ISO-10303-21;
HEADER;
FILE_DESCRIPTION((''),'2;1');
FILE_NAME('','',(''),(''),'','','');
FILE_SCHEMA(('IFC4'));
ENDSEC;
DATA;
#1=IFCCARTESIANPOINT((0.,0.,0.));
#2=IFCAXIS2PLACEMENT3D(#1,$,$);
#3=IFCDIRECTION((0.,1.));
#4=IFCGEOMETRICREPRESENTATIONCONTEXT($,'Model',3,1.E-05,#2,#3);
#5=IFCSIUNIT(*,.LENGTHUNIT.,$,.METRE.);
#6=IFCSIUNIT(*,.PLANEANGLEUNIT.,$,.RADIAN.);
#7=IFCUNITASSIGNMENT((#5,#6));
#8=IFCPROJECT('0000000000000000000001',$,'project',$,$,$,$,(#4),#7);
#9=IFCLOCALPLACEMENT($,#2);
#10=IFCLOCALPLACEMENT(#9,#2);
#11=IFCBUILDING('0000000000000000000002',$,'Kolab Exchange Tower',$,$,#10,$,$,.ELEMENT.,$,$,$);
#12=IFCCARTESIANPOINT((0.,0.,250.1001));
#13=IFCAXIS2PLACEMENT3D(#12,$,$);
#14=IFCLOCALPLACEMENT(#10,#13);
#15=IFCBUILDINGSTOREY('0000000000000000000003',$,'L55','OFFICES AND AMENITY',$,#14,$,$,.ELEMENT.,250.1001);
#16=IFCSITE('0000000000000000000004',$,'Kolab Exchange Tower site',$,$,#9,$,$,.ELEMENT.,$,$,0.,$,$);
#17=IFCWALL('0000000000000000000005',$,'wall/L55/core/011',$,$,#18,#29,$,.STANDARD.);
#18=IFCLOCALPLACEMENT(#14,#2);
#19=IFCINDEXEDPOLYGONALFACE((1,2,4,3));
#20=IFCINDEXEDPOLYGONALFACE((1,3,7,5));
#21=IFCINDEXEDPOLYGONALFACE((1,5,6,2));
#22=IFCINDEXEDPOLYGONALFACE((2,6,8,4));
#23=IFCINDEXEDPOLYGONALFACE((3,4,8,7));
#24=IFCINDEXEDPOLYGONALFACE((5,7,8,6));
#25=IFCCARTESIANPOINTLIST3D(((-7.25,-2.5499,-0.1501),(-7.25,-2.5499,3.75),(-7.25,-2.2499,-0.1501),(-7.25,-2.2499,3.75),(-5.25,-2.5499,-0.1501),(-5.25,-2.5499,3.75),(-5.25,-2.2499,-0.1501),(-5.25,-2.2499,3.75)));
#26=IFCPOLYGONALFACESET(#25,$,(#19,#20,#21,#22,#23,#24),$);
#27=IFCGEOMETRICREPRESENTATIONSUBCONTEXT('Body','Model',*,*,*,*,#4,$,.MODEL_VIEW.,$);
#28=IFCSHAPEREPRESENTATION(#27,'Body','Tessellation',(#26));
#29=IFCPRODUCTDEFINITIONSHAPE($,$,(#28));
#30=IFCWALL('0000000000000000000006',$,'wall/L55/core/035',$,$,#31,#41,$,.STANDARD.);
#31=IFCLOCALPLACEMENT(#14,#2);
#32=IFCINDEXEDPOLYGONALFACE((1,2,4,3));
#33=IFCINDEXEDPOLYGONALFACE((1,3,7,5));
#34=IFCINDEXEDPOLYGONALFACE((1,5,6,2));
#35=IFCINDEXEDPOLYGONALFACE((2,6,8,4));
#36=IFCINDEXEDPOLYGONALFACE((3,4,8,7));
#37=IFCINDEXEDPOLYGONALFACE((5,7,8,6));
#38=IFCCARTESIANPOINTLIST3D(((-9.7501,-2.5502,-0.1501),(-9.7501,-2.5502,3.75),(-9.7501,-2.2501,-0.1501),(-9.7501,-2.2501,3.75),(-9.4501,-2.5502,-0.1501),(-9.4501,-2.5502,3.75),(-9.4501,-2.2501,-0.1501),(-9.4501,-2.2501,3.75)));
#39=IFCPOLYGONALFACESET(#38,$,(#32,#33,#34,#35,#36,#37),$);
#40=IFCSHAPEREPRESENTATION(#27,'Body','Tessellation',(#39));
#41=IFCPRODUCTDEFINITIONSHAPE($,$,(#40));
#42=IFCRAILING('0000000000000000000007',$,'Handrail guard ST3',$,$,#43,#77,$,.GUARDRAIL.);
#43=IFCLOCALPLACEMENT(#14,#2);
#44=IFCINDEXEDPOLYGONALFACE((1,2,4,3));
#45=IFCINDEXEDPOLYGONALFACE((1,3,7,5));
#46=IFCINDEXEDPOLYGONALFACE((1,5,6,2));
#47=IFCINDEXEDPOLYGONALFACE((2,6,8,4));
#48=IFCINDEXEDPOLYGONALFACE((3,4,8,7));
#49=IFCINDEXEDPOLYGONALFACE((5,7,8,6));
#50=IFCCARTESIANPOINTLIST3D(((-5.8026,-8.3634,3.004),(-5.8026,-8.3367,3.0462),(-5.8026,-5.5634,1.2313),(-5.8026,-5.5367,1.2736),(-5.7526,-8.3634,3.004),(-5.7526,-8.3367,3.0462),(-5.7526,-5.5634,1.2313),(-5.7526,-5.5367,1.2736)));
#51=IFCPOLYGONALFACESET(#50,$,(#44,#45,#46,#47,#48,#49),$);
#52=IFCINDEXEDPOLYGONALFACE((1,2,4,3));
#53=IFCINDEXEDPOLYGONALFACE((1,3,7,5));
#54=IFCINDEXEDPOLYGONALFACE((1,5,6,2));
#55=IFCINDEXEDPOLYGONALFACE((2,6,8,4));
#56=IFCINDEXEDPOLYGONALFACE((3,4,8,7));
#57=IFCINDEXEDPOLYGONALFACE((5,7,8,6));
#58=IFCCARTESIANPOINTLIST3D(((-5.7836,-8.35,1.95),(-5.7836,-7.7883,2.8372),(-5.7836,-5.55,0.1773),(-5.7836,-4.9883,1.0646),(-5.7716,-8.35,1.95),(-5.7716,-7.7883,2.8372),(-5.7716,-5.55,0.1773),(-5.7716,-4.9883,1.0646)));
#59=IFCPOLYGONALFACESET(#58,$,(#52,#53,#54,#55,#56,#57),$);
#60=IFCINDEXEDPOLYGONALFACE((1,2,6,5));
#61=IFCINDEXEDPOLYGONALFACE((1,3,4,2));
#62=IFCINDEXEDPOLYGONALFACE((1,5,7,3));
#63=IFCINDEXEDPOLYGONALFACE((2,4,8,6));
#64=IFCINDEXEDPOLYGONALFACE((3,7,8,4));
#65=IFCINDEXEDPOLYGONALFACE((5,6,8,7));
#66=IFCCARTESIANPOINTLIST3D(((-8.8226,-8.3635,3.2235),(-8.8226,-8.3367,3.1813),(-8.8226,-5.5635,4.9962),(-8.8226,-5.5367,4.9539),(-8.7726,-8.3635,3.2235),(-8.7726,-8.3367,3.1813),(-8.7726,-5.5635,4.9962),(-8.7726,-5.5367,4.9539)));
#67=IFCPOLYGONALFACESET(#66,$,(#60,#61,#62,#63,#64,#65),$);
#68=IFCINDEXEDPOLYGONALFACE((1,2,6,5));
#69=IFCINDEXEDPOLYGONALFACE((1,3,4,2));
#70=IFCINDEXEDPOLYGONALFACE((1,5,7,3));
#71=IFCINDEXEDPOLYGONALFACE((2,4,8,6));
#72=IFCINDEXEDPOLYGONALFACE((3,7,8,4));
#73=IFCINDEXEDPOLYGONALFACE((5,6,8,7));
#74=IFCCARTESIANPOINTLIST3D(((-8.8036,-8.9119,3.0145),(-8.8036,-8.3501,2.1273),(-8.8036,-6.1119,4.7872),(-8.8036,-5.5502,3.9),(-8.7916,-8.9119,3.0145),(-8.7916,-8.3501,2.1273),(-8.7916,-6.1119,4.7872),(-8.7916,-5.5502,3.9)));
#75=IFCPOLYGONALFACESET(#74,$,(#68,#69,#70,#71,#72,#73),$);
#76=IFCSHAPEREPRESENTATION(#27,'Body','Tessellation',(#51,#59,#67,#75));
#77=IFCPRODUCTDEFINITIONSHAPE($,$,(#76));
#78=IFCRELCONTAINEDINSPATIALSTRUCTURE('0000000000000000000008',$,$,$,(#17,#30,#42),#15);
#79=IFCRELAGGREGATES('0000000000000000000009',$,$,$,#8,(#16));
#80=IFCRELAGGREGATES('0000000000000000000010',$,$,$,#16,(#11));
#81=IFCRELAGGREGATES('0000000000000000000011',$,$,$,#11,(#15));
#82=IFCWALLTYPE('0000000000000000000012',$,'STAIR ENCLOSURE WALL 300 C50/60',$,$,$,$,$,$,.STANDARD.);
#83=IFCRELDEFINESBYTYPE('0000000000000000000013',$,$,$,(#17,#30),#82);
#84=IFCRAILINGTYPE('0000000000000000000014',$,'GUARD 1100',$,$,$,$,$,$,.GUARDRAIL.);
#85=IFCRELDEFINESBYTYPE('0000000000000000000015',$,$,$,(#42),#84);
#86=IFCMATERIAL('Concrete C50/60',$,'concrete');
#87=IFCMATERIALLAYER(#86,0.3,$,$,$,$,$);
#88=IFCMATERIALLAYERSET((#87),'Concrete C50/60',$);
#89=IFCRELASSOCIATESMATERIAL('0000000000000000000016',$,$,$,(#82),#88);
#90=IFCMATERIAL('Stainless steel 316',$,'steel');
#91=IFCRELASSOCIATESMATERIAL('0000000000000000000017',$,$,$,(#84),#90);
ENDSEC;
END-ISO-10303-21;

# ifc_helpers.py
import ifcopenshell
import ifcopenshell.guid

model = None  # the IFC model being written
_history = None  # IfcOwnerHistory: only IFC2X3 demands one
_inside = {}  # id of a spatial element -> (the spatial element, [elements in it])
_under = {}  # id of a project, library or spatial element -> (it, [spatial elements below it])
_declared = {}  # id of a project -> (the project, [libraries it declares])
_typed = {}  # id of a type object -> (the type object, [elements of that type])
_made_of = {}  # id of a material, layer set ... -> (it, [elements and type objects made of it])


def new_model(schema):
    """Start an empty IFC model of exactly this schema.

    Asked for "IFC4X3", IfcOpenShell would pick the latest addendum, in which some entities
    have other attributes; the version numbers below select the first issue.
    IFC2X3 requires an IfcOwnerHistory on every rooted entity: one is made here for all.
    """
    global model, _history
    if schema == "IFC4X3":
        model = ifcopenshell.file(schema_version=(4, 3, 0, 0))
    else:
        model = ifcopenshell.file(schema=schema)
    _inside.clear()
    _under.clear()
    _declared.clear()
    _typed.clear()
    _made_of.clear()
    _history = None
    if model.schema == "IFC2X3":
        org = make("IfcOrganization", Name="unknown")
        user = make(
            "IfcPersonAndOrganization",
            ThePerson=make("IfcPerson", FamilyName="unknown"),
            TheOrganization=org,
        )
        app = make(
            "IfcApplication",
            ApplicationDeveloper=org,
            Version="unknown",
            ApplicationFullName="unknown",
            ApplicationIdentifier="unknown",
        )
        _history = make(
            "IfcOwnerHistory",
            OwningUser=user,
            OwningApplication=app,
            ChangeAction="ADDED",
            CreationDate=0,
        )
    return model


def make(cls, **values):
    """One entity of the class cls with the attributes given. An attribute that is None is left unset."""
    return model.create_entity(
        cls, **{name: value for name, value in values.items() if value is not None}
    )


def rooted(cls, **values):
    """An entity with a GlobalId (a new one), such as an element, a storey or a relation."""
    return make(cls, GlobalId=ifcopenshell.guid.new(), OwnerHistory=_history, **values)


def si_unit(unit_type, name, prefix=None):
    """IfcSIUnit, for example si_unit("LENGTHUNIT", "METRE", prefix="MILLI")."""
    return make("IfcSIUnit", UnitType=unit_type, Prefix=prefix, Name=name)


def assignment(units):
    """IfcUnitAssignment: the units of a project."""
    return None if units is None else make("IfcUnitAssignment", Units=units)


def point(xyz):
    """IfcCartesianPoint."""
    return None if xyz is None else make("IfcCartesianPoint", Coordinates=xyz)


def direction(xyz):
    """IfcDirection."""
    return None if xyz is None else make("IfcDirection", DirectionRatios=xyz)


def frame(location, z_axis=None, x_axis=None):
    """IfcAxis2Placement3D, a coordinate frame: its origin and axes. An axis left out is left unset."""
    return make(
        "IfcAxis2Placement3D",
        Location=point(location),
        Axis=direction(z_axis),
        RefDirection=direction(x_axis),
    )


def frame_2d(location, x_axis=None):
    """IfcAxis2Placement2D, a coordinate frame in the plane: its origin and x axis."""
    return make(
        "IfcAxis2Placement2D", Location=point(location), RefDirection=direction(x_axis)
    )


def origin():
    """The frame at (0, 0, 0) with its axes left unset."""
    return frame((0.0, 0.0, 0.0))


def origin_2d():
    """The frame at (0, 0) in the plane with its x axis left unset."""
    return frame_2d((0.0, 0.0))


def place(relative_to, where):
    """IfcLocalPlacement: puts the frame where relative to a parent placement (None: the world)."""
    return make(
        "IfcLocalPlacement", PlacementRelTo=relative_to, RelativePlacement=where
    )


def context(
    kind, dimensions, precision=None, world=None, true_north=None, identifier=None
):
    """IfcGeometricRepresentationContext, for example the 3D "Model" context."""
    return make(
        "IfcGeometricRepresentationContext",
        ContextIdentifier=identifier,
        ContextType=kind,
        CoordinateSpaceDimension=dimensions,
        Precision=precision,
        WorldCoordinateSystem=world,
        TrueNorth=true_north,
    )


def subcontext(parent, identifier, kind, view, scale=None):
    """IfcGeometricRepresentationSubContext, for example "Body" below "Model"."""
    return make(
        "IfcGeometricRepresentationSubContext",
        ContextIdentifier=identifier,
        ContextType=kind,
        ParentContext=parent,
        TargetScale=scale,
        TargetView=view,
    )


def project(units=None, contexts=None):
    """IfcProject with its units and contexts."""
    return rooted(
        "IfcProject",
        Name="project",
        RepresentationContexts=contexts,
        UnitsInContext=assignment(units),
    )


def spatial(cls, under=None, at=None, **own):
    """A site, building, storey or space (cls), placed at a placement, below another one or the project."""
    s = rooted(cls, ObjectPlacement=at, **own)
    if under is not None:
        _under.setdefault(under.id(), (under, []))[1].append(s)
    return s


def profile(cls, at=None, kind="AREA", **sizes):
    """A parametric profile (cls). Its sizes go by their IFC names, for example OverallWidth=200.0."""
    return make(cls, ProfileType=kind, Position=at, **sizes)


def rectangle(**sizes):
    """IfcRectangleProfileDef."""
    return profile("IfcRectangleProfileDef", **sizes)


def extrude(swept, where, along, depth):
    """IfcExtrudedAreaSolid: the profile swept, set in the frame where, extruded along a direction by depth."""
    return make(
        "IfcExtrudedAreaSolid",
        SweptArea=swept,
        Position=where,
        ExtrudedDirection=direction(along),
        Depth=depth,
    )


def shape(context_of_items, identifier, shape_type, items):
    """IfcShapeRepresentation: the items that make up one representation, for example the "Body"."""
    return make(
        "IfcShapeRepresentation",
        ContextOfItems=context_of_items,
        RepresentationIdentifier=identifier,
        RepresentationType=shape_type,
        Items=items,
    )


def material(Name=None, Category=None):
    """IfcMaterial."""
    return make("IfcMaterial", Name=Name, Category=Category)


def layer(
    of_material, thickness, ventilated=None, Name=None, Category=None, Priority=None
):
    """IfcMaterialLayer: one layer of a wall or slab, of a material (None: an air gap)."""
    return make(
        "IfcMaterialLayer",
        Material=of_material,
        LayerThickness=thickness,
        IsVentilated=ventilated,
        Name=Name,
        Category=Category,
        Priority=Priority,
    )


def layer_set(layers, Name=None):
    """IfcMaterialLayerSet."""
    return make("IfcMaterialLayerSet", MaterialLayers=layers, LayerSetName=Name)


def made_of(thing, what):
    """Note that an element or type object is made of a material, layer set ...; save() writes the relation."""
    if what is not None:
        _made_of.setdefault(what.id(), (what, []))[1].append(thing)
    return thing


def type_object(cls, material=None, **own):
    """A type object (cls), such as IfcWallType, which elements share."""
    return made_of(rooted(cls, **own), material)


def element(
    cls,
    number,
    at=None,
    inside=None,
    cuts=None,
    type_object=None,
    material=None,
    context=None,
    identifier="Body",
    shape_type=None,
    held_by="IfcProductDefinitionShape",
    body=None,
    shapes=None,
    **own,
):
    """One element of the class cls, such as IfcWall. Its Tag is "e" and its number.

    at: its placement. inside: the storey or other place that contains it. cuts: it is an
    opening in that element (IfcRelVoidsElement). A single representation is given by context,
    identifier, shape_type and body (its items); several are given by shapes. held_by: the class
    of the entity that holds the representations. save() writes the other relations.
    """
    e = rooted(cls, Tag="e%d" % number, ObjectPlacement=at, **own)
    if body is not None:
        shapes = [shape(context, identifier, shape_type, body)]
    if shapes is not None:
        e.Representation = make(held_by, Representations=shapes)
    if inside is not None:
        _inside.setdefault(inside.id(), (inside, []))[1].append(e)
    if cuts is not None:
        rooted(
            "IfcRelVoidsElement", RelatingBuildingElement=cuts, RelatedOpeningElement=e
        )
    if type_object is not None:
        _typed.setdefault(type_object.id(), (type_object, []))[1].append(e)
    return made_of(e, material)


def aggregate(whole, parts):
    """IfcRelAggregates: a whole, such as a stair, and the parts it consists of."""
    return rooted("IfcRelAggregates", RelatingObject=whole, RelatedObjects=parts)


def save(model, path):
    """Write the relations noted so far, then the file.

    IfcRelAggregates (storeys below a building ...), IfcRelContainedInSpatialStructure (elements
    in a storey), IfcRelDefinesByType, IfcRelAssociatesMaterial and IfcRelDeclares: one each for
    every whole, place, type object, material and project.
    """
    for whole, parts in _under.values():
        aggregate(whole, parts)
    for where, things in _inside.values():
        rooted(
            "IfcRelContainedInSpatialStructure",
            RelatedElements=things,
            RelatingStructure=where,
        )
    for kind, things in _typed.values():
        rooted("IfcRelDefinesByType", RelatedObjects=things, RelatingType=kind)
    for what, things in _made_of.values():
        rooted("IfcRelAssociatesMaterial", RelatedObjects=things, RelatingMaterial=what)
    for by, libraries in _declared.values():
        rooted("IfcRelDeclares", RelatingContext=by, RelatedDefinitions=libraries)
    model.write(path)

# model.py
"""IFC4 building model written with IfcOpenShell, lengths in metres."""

from ifc_helpers import new_model, si_unit, direction, frame, frame_2d, origin, origin_2d, place, context, subcontext, project, spatial, rectangle, extrude, material, layer, layer_set, type_object, element, save


model = new_model("IFC4")

# Units and contexts
model_context = context("Model", 3, precision=1e-05, world=origin(), true_north=direction((0.0, 1.0)))
body_context = subcontext(model_context, "Body", "Model", "MODEL_VIEW")
ifc_project = project(units=[si_unit("LENGTHUNIT", "METRE"), si_unit("PLANEANGLEUNIT", "RADIAN")], contexts=[model_context])

# Site, building, storey
site_placement = place(None, origin())
site = spatial("IfcSite", under=ifc_project, at=site_placement, Name="Kolab Exchange Tower site", CompositionType="ELEMENT", RefElevation=0.0)
building_placement = place(site_placement, origin())
building = spatial("IfcBuilding", under=site, at=building_placement, Name="Kolab Exchange Tower", CompositionType="ELEMENT")
storey_placement = place(building_placement, frame((0.0, 0.0, 250.1001)))
storey = spatial("IfcBuildingStorey", under=building, at=storey_placement, Name="L55", Description="OFFICES AND AMENITY", CompositionType="ELEMENT", Elevation=250.1001)

# Shared definitions
ifc_material_1 = material(Name="Concrete C50/60", Category="concrete")
ifc_material_2 = material(Name="Stainless steel 316", Category="steel")

# Walls
ifc_layer_1 = layer(ifc_material_1, 0.3)
ifc_layer_set_1 = layer_set([ifc_layer_1], Name="Concrete C50/60")
wall_type_1 = type_object("IfcWallType", Name="STAIR ENCLOSURE WALL 300 C50/60", PredefinedType="STANDARD", material=ifc_layer_set_1)
wall_1_placement = place(storey_placement, frame((-7.25, -2.3999, -0.1501), z_axis=(0.0, 0.0, 1.0), x_axis=(1.0, 0.0, 0.0)))
element("IfcWall", 1, at=wall_1_placement, inside=storey, type_object=wall_type_1, Name="wall/L55/core/011", PredefinedType="STANDARD", context=body_context, shape_type="SweptSolid", body=[
    extrude(rectangle(XDim=2.0, YDim=0.3, at=frame_2d((1.0, 0.0))), origin(), (0.0, 0.0, 1.0), 3.9001),
])
wall_2_placement = place(storey_placement, frame((-9.6001, -2.55, -0.1501), z_axis=(0.0, 0.0, 1.0), x_axis=(0.0, 1.0, 0.0)))
element("IfcWall", 2, at=wall_2_placement, inside=storey, type_object=wall_type_1, Name="wall/L55/core/035", PredefinedType="STANDARD", context=body_context, shape_type="SweptSolid", body=[
    extrude(rectangle(XDim=0.3, YDim=0.3, at=frame_2d((0.1499, 0.0))), origin(), (0.0, 0.0, 1.0), 3.9001),
])

# Railing
railing_type = type_object("IfcRailingType", Name="GUARD 1100", PredefinedType="GUARDRAIL", material=ifc_material_2)
railing_placement = place(storey_placement, frame((-5.7776, -5.55, 0.1772)))
element("IfcRailing", 3, at=railing_placement, inside=storey, type_object=railing_type, Name="Handrail guard ST3", PredefinedType="GUARDRAIL", context=body_context, shape_type="SweptSolid", body=[
    extrude(rectangle(XDim=0.05, YDim=0.05, at=origin_2d()), frame((0.0, 0.0, 1.0752), z_axis=(0.0, -0.844909, 0.53491), x_axis=(1.0, 0.0, 0.0)), (0.0, 0.0, 1.0), 3.314),
    extrude(rectangle(XDim=0.012, YDim=1.0501, at=frame_2d((0.0, 0.5251))), frame((0.0, 0.0, 0.0), z_axis=(0.0, -0.844909, 0.53491), x_axis=(1.0, 0.0, 0.0)), (0.0, 0.0, 1.0), 3.314),
    extrude(rectangle(XDim=0.05, YDim=0.05, at=origin_2d()), frame((-3.02, -2.8, 3.0251), z_axis=(0.0, 0.844909, 0.53491), x_axis=(-1.0, 0.0, 0.0)), (0.0, 0.0, 1.0), 3.314),
    extrude(rectangle(XDim=0.012, YDim=1.0501, at=frame_2d((0.0, 0.5251))), frame((-3.02, -2.8, 1.95), z_axis=(0.0, 0.844909, 0.53491), x_axis=(-1.0, 0.0, 0.0)), (0.0, 0.0, 1.0), 3.314),
])

save(model, "model.ifc")
